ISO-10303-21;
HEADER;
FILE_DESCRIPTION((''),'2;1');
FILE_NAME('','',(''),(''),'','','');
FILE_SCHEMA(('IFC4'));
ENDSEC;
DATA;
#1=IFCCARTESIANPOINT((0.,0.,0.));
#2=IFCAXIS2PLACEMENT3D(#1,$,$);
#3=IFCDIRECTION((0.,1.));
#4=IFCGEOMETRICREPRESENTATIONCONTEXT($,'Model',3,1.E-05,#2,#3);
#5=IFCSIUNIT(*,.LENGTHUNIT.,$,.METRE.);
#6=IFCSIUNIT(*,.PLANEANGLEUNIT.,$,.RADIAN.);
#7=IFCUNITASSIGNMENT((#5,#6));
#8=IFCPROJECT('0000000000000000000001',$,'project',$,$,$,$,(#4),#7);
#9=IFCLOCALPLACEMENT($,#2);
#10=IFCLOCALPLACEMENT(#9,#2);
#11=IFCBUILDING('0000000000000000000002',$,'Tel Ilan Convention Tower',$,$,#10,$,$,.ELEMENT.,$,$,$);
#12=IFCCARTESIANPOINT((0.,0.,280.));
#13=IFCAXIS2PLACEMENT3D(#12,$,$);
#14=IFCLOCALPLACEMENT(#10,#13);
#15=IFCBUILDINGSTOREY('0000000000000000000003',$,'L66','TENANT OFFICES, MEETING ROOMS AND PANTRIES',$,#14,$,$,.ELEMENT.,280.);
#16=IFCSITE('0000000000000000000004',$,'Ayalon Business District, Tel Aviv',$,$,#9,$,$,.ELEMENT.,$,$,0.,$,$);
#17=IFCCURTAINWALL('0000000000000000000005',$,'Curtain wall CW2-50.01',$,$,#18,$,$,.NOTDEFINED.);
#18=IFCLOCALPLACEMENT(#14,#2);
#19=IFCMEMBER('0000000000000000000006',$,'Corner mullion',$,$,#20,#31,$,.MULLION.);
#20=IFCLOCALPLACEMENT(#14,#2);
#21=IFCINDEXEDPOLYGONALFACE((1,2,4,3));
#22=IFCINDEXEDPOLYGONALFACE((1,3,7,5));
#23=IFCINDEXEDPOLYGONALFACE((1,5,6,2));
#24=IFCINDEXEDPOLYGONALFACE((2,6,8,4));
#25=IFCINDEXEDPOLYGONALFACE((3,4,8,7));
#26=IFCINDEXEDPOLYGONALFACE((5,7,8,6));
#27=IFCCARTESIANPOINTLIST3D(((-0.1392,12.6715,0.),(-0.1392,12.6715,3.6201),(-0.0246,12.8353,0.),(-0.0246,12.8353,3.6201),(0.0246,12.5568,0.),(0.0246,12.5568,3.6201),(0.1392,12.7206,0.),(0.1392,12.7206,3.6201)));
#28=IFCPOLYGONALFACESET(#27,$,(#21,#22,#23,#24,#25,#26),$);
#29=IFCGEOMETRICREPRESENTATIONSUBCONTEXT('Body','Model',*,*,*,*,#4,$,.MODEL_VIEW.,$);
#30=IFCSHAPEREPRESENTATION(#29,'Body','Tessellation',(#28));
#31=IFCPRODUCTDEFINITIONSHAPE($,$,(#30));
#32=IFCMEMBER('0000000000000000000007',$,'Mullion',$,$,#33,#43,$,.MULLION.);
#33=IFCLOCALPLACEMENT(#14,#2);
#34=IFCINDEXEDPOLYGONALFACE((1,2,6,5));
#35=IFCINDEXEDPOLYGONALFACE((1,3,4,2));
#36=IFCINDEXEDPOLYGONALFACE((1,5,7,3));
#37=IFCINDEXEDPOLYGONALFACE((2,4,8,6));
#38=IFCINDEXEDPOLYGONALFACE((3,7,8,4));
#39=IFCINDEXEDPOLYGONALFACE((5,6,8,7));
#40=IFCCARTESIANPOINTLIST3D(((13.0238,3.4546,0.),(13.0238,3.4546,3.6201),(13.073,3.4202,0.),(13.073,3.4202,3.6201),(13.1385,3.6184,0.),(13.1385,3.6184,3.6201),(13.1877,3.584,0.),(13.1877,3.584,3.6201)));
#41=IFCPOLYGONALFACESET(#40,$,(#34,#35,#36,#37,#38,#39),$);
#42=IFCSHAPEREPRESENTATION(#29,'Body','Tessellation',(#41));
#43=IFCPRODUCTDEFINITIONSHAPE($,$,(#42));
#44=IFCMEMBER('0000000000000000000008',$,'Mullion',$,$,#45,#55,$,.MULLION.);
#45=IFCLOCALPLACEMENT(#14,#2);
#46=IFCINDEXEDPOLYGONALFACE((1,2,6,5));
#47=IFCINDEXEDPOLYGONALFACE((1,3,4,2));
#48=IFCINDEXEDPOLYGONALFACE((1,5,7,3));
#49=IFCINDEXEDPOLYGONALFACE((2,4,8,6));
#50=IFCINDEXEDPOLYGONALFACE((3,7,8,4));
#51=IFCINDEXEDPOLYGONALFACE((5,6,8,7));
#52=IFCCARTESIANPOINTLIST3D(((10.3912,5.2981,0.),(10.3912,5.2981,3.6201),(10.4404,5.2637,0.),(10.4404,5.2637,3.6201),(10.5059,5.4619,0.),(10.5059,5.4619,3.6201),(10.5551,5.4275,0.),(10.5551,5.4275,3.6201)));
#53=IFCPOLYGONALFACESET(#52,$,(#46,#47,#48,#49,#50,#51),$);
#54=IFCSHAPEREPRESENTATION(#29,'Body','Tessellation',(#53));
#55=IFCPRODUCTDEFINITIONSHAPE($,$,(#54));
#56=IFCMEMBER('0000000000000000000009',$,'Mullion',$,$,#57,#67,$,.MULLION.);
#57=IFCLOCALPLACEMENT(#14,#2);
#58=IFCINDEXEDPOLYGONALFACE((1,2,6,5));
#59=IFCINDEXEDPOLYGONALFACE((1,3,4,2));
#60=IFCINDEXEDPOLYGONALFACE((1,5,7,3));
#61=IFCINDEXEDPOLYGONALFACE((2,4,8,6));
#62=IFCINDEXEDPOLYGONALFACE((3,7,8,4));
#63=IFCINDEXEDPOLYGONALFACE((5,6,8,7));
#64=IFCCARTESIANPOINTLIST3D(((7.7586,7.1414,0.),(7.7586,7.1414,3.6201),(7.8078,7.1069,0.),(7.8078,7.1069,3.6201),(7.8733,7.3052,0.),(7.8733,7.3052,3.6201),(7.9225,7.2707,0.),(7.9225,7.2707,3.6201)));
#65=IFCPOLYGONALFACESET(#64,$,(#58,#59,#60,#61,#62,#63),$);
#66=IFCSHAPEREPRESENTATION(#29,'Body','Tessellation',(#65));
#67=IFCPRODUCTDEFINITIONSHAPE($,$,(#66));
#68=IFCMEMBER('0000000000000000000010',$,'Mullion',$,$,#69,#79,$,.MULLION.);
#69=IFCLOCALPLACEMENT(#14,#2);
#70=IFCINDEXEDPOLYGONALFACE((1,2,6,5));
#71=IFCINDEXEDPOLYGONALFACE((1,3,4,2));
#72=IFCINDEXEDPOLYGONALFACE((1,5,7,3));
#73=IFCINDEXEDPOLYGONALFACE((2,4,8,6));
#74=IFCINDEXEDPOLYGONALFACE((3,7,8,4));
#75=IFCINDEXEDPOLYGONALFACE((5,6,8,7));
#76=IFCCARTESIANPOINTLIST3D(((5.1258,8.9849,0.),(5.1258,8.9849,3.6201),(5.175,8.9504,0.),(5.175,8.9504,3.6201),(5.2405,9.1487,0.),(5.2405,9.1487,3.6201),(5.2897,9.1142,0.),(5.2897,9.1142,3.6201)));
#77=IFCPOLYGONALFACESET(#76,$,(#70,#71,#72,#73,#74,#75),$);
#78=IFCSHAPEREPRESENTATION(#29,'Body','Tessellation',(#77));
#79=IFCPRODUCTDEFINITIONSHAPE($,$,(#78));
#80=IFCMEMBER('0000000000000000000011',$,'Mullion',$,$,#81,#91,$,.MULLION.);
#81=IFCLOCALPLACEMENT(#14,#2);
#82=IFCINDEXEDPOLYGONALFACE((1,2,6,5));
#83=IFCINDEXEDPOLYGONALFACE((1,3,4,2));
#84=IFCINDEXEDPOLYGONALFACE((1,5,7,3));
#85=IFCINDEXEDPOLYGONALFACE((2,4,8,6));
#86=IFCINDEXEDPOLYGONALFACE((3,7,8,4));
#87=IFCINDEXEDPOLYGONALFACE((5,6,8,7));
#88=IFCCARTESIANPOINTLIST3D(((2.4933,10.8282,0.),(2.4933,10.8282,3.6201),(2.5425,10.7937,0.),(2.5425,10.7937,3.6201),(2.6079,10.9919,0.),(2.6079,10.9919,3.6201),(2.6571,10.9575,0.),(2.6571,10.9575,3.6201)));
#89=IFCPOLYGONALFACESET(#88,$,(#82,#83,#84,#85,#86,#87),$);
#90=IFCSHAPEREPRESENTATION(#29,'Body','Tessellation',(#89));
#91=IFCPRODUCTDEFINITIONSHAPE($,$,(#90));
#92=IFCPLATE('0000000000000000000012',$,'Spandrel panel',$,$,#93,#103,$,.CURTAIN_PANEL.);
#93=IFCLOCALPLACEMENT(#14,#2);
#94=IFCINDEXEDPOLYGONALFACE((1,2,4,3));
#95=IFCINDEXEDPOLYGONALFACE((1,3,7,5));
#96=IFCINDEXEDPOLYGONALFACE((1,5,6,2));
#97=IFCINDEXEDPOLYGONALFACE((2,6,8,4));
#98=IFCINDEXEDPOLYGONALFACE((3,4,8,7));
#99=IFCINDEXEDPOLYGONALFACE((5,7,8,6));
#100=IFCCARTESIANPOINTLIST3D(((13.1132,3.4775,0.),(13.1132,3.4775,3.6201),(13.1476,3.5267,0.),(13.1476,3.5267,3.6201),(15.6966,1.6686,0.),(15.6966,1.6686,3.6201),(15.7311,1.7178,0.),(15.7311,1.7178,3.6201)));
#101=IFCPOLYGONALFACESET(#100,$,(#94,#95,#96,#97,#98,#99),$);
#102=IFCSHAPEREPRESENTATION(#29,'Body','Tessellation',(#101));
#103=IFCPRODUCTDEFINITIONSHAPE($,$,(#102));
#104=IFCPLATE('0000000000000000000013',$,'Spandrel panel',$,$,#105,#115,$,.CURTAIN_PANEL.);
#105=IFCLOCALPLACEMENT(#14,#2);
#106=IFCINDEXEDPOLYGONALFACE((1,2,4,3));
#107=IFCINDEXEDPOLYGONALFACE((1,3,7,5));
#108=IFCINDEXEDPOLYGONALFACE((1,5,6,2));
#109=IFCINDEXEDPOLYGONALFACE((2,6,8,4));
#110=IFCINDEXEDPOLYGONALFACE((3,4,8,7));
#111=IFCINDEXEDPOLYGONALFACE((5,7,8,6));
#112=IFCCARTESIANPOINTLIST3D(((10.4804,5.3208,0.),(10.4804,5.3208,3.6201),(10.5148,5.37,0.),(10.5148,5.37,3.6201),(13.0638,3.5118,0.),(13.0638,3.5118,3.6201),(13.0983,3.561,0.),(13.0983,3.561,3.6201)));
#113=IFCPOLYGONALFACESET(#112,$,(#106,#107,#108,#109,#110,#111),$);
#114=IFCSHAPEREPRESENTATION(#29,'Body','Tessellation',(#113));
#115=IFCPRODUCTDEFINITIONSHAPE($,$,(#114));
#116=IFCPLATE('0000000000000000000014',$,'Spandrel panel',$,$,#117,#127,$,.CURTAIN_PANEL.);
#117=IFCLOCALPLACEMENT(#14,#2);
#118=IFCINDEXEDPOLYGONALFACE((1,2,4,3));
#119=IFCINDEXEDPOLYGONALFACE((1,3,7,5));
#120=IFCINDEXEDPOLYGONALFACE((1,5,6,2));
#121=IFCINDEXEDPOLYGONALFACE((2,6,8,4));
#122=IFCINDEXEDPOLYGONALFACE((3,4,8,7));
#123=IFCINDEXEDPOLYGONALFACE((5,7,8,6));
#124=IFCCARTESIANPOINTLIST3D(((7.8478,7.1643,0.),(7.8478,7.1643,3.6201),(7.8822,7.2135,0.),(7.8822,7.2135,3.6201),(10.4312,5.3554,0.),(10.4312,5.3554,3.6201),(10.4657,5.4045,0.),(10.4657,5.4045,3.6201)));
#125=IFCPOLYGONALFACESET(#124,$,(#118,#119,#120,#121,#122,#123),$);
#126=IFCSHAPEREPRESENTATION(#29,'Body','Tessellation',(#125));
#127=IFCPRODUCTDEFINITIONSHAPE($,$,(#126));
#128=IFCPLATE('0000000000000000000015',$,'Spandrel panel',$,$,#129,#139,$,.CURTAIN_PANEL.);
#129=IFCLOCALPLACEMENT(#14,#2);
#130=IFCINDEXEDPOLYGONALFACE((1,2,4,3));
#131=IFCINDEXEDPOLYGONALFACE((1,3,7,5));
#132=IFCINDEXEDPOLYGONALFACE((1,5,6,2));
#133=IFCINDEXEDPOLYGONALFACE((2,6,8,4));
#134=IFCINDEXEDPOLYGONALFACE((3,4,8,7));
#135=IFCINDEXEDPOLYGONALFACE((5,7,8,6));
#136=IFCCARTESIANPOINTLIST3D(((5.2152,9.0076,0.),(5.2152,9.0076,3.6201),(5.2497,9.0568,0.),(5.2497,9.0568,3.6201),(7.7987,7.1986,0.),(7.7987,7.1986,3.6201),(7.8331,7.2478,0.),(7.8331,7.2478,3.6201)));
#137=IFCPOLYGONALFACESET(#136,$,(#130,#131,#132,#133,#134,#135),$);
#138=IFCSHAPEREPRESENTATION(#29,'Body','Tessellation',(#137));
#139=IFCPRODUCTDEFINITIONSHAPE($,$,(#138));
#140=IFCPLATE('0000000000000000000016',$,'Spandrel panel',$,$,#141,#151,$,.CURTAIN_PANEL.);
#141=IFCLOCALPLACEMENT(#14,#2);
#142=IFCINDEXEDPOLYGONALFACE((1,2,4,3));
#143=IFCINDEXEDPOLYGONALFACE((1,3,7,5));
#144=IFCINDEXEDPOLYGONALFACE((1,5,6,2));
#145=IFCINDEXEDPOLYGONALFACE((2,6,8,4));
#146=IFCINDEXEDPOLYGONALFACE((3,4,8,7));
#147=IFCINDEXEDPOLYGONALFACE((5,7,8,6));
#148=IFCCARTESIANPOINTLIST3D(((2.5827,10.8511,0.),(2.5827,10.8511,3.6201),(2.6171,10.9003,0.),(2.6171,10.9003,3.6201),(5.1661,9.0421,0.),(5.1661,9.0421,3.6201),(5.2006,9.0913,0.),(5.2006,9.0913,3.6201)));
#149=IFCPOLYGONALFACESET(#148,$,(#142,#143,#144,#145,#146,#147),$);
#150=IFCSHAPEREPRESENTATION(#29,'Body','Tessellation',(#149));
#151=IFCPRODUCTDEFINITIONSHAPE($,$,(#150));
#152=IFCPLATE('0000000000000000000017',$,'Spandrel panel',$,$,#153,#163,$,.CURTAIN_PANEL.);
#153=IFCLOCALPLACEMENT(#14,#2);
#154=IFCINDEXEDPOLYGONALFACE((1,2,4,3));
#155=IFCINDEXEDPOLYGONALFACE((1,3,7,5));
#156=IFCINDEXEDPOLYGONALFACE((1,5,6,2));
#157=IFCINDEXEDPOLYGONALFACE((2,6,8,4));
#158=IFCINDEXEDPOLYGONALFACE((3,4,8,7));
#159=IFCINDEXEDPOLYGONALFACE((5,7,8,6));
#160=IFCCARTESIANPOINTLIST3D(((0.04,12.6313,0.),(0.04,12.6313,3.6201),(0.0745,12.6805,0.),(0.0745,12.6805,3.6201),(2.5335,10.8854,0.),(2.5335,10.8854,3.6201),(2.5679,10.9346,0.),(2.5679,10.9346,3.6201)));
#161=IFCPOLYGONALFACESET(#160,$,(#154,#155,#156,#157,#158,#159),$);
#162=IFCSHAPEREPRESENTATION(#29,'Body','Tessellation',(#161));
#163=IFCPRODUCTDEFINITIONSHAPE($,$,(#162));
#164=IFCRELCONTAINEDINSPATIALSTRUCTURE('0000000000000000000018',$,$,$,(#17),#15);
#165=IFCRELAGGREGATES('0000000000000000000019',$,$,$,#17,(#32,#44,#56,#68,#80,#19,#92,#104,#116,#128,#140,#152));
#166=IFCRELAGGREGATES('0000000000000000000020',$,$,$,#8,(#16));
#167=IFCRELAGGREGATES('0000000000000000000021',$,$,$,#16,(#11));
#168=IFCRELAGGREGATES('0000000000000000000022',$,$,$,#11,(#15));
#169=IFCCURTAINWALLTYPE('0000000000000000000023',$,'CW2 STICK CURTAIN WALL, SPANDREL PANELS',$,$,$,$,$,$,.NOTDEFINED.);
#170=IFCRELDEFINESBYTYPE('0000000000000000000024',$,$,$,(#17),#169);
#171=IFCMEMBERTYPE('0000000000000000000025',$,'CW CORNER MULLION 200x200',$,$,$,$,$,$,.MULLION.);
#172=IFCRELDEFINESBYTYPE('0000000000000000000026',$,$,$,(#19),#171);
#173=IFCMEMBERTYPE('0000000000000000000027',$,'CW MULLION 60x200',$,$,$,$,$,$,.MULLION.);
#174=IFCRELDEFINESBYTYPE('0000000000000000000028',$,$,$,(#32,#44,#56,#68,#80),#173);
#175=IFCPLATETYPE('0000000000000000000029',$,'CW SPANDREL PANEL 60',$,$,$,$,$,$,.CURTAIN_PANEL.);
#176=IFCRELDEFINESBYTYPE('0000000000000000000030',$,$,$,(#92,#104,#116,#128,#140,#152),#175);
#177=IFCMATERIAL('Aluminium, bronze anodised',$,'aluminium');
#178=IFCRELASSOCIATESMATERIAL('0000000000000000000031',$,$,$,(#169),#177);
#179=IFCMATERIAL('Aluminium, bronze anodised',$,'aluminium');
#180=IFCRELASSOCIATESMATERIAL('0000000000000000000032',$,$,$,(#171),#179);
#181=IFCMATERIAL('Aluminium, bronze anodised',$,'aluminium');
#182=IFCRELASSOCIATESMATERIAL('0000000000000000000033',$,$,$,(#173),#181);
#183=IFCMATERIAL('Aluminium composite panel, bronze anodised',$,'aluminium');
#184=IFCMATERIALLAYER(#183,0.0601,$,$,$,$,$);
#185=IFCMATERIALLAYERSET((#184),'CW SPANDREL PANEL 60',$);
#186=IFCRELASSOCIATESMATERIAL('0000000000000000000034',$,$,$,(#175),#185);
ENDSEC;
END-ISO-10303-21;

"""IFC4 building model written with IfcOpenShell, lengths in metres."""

from ifc_helpers import new_model, si_unit, direction, frame, origin, origin_2d, place, context, subcontext, project, spatial, rectangle, extrude, material, layer, layer_set, material_profile, profile_set, type_object, element, aggregate, save


model = new_model("IFC4")

# Units and contexts
model_context = context("Model", 3, precision=1e-05, world=origin(), true_north=direction((0.0, 1.0)))
body_context = subcontext(model_context, "Body", "Model", "MODEL_VIEW")
ifc_project = project(units=[si_unit("LENGTHUNIT", "METRE"), si_unit("PLANEANGLEUNIT", "RADIAN")], contexts=[model_context])

# Site, building, storey
site_placement = place(None, origin())
site = spatial("IfcSite", under=ifc_project, at=site_placement, Name="Ayalon Business District, Tel Aviv", CompositionType="ELEMENT", RefElevation=0.0)
building_placement = place(site_placement, origin())
building = spatial("IfcBuilding", under=site, at=building_placement, Name="Tel Ilan Convention Tower", CompositionType="ELEMENT")
storey_placement = place(building_placement, frame((0.0, 0.0, 280.0)))
storey = spatial("IfcBuildingStorey", under=building, at=storey_placement, Name="L66", Description="TENANT OFFICES, MEETING ROOMS AND PANTRIES", CompositionType="ELEMENT", Elevation=280.0)

# Curtain wall, members, plates
ifc_material_1 = material(Name="Aluminium, bronze anodised", Category="aluminium")
curtain_wall_type = type_object("IfcCurtainWallType", Name="CW2 STICK CURTAIN WALL, SPANDREL PANELS", PredefinedType="NOTDEFINED", material=ifc_material_1)
curtain_wall_placement = place(storey_placement, origin())
curtain_wall = element("IfcCurtainWall", 1, at=curtain_wall_placement, inside=storey, type_object=curtain_wall_type, Name="Curtain wall CW2-50.01", PredefinedType="NOTDEFINED")
ifc_material_2 = material(Name="Aluminium, bronze anodised", Category="aluminium")
ifc_material_profile_1 = material_profile(ifc_material_2, rectangle(XDim=0.2, YDim=0.2, at=origin_2d()), Name="CW CORNER MULLION 200x200")
ifc_profile_set_1 = profile_set([ifc_material_profile_1], Name="Aluminium, bronze anodised")
member_type_1 = type_object("IfcMemberType", Name="CW CORNER MULLION 200x200", PredefinedType="MULLION", material=ifc_profile_set_1)
member_1_placement = place(storey_placement, frame((0.0, 12.696, 0.0), z_axis=(0.0, 0.0, 1.0), x_axis=(-0.819152, 0.573576, 0.0)))
member_1 = element("IfcMember", 2, at=member_1_placement, type_object=member_type_1, Name="Corner mullion", PredefinedType="MULLION", context=body_context, shape_type="SweptSolid", body=[
    extrude(rectangle(XDim=0.2, YDim=0.2, at=origin_2d()), origin(), (0.0, 0.0, 1.0), 3.6201),
])
ifc_material_3 = material(Name="Aluminium, bronze anodised", Category="aluminium")
ifc_material_profile_2 = material_profile(ifc_material_3, rectangle(XDim=0.0601, YDim=0.2, at=origin_2d()), Name="CW MULLION 60x200")
ifc_profile_set_2 = profile_set([ifc_material_profile_2], Name="Aluminium, bronze anodised")
member_type_2 = type_object("IfcMemberType", Name="CW MULLION 60x200", PredefinedType="MULLION", material=ifc_profile_set_2)
member_2_placement = place(storey_placement, frame((13.1057, 3.5193, 0.0), z_axis=(0.0, 0.0, 1.0), x_axis=(-0.819152, 0.573576, 0.0)))
member_2 = element("IfcMember", 3, at=member_2_placement, type_object=member_type_2, Name="Mullion", PredefinedType="MULLION", context=body_context, shape_type="SweptSolid", body=[
    extrude(rectangle(XDim=0.0601, YDim=0.2, at=origin_2d()), origin(), (0.0, 0.0, 1.0), 3.6201),
])
member_3_placement = place(storey_placement, frame((10.4731, 5.3628, 0.0), z_axis=(0.0, 0.0, 1.0), x_axis=(-0.819152, 0.573576, 0.0)))
member_3 = element("IfcMember", 4, at=member_3_placement, type_object=member_type_2, Name="Mullion", PredefinedType="MULLION", context=body_context, shape_type="SweptSolid", body=[
    extrude(rectangle(XDim=0.0601, YDim=0.2, at=origin_2d()), origin(), (0.0, 0.0, 1.0), 3.6201),
])
member_4_placement = place(storey_placement, frame((7.8406, 7.2061, 0.0), z_axis=(0.0, 0.0, 1.0), x_axis=(-0.819152, 0.573576, 0.0)))
member_4 = element("IfcMember", 5, at=member_4_placement, type_object=member_type_2, Name="Mullion", PredefinedType="MULLION", context=body_context, shape_type="SweptSolid", body=[
    extrude(rectangle(XDim=0.0601, YDim=0.2, at=origin_2d()), origin(), (0.0, 0.0, 1.0), 3.6201),
])
member_5_placement = place(storey_placement, frame((5.2078, 9.0496, 0.0), z_axis=(0.0, 0.0, 1.0), x_axis=(-0.819152, 0.573576, 0.0)))
member_5 = element("IfcMember", 6, at=member_5_placement, type_object=member_type_2, Name="Mullion", PredefinedType="MULLION", context=body_context, shape_type="SweptSolid", body=[
    extrude(rectangle(XDim=0.0601, YDim=0.2, at=origin_2d()), origin(), (0.0, 0.0, 1.0), 3.6201),
])
member_6_placement = place(storey_placement, frame((2.5752, 10.8928, 0.0), z_axis=(0.0, 0.0, 1.0), x_axis=(-0.819152, 0.573576, 0.0)))
member_6 = element("IfcMember", 7, at=member_6_placement, type_object=member_type_2, Name="Mullion", PredefinedType="MULLION", context=body_context, shape_type="SweptSolid", body=[
    extrude(rectangle(XDim=0.0601, YDim=0.2, at=origin_2d()), origin(), (0.0, 0.0, 1.0), 3.6201),
])
ifc_material_4 = material(Name="Aluminium composite panel, bronze anodised", Category="aluminium")
ifc_layer_1 = layer(ifc_material_4, 0.0601)
ifc_layer_set_1 = layer_set([ifc_layer_1], Name="CW SPANDREL PANEL 60")
plate_type = type_object("IfcPlateType", Name="CW SPANDREL PANEL 60", PredefinedType="CURTAIN_PANEL", material=ifc_layer_set_1)
plate_1_placement = place(storey_placement, frame((14.4221, 2.5977, 0.0), z_axis=(0.0, 0.0, 1.0), x_axis=(-0.819152, 0.573576, 0.0)))
plate_1 = element("IfcPlate", 8, at=plate_1_placement, type_object=plate_type, Name="Spandrel panel", PredefinedType="CURTAIN_PANEL", context=body_context, shape_type="SweptSolid", body=[
    extrude(rectangle(XDim=3.1538, YDim=0.0601, at=origin_2d()), origin(), (0.0, 0.0, 1.0), 3.6201),
])
plate_2_placement = place(storey_placement, frame((11.7893, 4.4409, 0.0), z_axis=(0.0, 0.0, 1.0), x_axis=(-0.819152, 0.573576, 0.0)))
plate_2 = element("IfcPlate", 9, at=plate_2_placement, type_object=plate_type, Name="Spandrel panel", PredefinedType="CURTAIN_PANEL", context=body_context, shape_type="SweptSolid", body=[
    extrude(rectangle(XDim=3.1538, YDim=0.0601, at=origin_2d()), origin(), (0.0, 0.0, 1.0), 3.6201),
])
plate_3_placement = place(storey_placement, frame((9.1567, 6.2844, 0.0), z_axis=(0.0, 0.0, 1.0), x_axis=(-0.819152, 0.573576, 0.0)))
plate_3 = element("IfcPlate", 10, at=plate_3_placement, type_object=plate_type, Name="Spandrel panel", PredefinedType="CURTAIN_PANEL", context=body_context, shape_type="SweptSolid", body=[
    extrude(rectangle(XDim=3.1538, YDim=0.0601, at=origin_2d()), origin(), (0.0, 0.0, 1.0), 3.6201),
])
plate_4_placement = place(storey_placement, frame((6.5242, 8.1277, 0.0), z_axis=(0.0, 0.0, 1.0), x_axis=(-0.819152, 0.573576, 0.0)))
plate_4 = element("IfcPlate", 11, at=plate_4_placement, type_object=plate_type, Name="Spandrel panel", PredefinedType="CURTAIN_PANEL", context=body_context, shape_type="SweptSolid", body=[
    extrude(rectangle(XDim=3.1538, YDim=0.0601, at=origin_2d()), origin(), (0.0, 0.0, 1.0), 3.6201),
])
plate_5_placement = place(storey_placement, frame((3.8916, 9.9712, 0.0), z_axis=(0.0, 0.0, 1.0), x_axis=(-0.819152, 0.573576, 0.0)))
plate_5 = element("IfcPlate", 12, at=plate_5_placement, type_object=plate_type, Name="Spandrel panel", PredefinedType="CURTAIN_PANEL", context=body_context, shape_type="SweptSolid", body=[
    extrude(rectangle(XDim=3.1538, YDim=0.0601, at=origin_2d()), origin(), (0.0, 0.0, 1.0), 3.6201),
])
plate_6_placement = place(storey_placement, frame((1.304, 11.783, 0.0), z_axis=(0.0, 0.0, 1.0), x_axis=(-0.819152, 0.573576, 0.0)))
plate_6 = element("IfcPlate", 13, at=plate_6_placement, type_object=plate_type, Name="Spandrel panel", PredefinedType="CURTAIN_PANEL", context=body_context, shape_type="SweptSolid", body=[
    extrude(rectangle(XDim=3.0439, YDim=0.0601, at=origin_2d()), origin(), (0.0, 0.0, 1.0), 3.6201),
])
aggregate(curtain_wall, [member_2, member_3, member_4, member_5, member_6, member_1, plate_1, plate_2, plate_3, plate_4, plate_5, plate_6])

save(model, "model.ifc")
